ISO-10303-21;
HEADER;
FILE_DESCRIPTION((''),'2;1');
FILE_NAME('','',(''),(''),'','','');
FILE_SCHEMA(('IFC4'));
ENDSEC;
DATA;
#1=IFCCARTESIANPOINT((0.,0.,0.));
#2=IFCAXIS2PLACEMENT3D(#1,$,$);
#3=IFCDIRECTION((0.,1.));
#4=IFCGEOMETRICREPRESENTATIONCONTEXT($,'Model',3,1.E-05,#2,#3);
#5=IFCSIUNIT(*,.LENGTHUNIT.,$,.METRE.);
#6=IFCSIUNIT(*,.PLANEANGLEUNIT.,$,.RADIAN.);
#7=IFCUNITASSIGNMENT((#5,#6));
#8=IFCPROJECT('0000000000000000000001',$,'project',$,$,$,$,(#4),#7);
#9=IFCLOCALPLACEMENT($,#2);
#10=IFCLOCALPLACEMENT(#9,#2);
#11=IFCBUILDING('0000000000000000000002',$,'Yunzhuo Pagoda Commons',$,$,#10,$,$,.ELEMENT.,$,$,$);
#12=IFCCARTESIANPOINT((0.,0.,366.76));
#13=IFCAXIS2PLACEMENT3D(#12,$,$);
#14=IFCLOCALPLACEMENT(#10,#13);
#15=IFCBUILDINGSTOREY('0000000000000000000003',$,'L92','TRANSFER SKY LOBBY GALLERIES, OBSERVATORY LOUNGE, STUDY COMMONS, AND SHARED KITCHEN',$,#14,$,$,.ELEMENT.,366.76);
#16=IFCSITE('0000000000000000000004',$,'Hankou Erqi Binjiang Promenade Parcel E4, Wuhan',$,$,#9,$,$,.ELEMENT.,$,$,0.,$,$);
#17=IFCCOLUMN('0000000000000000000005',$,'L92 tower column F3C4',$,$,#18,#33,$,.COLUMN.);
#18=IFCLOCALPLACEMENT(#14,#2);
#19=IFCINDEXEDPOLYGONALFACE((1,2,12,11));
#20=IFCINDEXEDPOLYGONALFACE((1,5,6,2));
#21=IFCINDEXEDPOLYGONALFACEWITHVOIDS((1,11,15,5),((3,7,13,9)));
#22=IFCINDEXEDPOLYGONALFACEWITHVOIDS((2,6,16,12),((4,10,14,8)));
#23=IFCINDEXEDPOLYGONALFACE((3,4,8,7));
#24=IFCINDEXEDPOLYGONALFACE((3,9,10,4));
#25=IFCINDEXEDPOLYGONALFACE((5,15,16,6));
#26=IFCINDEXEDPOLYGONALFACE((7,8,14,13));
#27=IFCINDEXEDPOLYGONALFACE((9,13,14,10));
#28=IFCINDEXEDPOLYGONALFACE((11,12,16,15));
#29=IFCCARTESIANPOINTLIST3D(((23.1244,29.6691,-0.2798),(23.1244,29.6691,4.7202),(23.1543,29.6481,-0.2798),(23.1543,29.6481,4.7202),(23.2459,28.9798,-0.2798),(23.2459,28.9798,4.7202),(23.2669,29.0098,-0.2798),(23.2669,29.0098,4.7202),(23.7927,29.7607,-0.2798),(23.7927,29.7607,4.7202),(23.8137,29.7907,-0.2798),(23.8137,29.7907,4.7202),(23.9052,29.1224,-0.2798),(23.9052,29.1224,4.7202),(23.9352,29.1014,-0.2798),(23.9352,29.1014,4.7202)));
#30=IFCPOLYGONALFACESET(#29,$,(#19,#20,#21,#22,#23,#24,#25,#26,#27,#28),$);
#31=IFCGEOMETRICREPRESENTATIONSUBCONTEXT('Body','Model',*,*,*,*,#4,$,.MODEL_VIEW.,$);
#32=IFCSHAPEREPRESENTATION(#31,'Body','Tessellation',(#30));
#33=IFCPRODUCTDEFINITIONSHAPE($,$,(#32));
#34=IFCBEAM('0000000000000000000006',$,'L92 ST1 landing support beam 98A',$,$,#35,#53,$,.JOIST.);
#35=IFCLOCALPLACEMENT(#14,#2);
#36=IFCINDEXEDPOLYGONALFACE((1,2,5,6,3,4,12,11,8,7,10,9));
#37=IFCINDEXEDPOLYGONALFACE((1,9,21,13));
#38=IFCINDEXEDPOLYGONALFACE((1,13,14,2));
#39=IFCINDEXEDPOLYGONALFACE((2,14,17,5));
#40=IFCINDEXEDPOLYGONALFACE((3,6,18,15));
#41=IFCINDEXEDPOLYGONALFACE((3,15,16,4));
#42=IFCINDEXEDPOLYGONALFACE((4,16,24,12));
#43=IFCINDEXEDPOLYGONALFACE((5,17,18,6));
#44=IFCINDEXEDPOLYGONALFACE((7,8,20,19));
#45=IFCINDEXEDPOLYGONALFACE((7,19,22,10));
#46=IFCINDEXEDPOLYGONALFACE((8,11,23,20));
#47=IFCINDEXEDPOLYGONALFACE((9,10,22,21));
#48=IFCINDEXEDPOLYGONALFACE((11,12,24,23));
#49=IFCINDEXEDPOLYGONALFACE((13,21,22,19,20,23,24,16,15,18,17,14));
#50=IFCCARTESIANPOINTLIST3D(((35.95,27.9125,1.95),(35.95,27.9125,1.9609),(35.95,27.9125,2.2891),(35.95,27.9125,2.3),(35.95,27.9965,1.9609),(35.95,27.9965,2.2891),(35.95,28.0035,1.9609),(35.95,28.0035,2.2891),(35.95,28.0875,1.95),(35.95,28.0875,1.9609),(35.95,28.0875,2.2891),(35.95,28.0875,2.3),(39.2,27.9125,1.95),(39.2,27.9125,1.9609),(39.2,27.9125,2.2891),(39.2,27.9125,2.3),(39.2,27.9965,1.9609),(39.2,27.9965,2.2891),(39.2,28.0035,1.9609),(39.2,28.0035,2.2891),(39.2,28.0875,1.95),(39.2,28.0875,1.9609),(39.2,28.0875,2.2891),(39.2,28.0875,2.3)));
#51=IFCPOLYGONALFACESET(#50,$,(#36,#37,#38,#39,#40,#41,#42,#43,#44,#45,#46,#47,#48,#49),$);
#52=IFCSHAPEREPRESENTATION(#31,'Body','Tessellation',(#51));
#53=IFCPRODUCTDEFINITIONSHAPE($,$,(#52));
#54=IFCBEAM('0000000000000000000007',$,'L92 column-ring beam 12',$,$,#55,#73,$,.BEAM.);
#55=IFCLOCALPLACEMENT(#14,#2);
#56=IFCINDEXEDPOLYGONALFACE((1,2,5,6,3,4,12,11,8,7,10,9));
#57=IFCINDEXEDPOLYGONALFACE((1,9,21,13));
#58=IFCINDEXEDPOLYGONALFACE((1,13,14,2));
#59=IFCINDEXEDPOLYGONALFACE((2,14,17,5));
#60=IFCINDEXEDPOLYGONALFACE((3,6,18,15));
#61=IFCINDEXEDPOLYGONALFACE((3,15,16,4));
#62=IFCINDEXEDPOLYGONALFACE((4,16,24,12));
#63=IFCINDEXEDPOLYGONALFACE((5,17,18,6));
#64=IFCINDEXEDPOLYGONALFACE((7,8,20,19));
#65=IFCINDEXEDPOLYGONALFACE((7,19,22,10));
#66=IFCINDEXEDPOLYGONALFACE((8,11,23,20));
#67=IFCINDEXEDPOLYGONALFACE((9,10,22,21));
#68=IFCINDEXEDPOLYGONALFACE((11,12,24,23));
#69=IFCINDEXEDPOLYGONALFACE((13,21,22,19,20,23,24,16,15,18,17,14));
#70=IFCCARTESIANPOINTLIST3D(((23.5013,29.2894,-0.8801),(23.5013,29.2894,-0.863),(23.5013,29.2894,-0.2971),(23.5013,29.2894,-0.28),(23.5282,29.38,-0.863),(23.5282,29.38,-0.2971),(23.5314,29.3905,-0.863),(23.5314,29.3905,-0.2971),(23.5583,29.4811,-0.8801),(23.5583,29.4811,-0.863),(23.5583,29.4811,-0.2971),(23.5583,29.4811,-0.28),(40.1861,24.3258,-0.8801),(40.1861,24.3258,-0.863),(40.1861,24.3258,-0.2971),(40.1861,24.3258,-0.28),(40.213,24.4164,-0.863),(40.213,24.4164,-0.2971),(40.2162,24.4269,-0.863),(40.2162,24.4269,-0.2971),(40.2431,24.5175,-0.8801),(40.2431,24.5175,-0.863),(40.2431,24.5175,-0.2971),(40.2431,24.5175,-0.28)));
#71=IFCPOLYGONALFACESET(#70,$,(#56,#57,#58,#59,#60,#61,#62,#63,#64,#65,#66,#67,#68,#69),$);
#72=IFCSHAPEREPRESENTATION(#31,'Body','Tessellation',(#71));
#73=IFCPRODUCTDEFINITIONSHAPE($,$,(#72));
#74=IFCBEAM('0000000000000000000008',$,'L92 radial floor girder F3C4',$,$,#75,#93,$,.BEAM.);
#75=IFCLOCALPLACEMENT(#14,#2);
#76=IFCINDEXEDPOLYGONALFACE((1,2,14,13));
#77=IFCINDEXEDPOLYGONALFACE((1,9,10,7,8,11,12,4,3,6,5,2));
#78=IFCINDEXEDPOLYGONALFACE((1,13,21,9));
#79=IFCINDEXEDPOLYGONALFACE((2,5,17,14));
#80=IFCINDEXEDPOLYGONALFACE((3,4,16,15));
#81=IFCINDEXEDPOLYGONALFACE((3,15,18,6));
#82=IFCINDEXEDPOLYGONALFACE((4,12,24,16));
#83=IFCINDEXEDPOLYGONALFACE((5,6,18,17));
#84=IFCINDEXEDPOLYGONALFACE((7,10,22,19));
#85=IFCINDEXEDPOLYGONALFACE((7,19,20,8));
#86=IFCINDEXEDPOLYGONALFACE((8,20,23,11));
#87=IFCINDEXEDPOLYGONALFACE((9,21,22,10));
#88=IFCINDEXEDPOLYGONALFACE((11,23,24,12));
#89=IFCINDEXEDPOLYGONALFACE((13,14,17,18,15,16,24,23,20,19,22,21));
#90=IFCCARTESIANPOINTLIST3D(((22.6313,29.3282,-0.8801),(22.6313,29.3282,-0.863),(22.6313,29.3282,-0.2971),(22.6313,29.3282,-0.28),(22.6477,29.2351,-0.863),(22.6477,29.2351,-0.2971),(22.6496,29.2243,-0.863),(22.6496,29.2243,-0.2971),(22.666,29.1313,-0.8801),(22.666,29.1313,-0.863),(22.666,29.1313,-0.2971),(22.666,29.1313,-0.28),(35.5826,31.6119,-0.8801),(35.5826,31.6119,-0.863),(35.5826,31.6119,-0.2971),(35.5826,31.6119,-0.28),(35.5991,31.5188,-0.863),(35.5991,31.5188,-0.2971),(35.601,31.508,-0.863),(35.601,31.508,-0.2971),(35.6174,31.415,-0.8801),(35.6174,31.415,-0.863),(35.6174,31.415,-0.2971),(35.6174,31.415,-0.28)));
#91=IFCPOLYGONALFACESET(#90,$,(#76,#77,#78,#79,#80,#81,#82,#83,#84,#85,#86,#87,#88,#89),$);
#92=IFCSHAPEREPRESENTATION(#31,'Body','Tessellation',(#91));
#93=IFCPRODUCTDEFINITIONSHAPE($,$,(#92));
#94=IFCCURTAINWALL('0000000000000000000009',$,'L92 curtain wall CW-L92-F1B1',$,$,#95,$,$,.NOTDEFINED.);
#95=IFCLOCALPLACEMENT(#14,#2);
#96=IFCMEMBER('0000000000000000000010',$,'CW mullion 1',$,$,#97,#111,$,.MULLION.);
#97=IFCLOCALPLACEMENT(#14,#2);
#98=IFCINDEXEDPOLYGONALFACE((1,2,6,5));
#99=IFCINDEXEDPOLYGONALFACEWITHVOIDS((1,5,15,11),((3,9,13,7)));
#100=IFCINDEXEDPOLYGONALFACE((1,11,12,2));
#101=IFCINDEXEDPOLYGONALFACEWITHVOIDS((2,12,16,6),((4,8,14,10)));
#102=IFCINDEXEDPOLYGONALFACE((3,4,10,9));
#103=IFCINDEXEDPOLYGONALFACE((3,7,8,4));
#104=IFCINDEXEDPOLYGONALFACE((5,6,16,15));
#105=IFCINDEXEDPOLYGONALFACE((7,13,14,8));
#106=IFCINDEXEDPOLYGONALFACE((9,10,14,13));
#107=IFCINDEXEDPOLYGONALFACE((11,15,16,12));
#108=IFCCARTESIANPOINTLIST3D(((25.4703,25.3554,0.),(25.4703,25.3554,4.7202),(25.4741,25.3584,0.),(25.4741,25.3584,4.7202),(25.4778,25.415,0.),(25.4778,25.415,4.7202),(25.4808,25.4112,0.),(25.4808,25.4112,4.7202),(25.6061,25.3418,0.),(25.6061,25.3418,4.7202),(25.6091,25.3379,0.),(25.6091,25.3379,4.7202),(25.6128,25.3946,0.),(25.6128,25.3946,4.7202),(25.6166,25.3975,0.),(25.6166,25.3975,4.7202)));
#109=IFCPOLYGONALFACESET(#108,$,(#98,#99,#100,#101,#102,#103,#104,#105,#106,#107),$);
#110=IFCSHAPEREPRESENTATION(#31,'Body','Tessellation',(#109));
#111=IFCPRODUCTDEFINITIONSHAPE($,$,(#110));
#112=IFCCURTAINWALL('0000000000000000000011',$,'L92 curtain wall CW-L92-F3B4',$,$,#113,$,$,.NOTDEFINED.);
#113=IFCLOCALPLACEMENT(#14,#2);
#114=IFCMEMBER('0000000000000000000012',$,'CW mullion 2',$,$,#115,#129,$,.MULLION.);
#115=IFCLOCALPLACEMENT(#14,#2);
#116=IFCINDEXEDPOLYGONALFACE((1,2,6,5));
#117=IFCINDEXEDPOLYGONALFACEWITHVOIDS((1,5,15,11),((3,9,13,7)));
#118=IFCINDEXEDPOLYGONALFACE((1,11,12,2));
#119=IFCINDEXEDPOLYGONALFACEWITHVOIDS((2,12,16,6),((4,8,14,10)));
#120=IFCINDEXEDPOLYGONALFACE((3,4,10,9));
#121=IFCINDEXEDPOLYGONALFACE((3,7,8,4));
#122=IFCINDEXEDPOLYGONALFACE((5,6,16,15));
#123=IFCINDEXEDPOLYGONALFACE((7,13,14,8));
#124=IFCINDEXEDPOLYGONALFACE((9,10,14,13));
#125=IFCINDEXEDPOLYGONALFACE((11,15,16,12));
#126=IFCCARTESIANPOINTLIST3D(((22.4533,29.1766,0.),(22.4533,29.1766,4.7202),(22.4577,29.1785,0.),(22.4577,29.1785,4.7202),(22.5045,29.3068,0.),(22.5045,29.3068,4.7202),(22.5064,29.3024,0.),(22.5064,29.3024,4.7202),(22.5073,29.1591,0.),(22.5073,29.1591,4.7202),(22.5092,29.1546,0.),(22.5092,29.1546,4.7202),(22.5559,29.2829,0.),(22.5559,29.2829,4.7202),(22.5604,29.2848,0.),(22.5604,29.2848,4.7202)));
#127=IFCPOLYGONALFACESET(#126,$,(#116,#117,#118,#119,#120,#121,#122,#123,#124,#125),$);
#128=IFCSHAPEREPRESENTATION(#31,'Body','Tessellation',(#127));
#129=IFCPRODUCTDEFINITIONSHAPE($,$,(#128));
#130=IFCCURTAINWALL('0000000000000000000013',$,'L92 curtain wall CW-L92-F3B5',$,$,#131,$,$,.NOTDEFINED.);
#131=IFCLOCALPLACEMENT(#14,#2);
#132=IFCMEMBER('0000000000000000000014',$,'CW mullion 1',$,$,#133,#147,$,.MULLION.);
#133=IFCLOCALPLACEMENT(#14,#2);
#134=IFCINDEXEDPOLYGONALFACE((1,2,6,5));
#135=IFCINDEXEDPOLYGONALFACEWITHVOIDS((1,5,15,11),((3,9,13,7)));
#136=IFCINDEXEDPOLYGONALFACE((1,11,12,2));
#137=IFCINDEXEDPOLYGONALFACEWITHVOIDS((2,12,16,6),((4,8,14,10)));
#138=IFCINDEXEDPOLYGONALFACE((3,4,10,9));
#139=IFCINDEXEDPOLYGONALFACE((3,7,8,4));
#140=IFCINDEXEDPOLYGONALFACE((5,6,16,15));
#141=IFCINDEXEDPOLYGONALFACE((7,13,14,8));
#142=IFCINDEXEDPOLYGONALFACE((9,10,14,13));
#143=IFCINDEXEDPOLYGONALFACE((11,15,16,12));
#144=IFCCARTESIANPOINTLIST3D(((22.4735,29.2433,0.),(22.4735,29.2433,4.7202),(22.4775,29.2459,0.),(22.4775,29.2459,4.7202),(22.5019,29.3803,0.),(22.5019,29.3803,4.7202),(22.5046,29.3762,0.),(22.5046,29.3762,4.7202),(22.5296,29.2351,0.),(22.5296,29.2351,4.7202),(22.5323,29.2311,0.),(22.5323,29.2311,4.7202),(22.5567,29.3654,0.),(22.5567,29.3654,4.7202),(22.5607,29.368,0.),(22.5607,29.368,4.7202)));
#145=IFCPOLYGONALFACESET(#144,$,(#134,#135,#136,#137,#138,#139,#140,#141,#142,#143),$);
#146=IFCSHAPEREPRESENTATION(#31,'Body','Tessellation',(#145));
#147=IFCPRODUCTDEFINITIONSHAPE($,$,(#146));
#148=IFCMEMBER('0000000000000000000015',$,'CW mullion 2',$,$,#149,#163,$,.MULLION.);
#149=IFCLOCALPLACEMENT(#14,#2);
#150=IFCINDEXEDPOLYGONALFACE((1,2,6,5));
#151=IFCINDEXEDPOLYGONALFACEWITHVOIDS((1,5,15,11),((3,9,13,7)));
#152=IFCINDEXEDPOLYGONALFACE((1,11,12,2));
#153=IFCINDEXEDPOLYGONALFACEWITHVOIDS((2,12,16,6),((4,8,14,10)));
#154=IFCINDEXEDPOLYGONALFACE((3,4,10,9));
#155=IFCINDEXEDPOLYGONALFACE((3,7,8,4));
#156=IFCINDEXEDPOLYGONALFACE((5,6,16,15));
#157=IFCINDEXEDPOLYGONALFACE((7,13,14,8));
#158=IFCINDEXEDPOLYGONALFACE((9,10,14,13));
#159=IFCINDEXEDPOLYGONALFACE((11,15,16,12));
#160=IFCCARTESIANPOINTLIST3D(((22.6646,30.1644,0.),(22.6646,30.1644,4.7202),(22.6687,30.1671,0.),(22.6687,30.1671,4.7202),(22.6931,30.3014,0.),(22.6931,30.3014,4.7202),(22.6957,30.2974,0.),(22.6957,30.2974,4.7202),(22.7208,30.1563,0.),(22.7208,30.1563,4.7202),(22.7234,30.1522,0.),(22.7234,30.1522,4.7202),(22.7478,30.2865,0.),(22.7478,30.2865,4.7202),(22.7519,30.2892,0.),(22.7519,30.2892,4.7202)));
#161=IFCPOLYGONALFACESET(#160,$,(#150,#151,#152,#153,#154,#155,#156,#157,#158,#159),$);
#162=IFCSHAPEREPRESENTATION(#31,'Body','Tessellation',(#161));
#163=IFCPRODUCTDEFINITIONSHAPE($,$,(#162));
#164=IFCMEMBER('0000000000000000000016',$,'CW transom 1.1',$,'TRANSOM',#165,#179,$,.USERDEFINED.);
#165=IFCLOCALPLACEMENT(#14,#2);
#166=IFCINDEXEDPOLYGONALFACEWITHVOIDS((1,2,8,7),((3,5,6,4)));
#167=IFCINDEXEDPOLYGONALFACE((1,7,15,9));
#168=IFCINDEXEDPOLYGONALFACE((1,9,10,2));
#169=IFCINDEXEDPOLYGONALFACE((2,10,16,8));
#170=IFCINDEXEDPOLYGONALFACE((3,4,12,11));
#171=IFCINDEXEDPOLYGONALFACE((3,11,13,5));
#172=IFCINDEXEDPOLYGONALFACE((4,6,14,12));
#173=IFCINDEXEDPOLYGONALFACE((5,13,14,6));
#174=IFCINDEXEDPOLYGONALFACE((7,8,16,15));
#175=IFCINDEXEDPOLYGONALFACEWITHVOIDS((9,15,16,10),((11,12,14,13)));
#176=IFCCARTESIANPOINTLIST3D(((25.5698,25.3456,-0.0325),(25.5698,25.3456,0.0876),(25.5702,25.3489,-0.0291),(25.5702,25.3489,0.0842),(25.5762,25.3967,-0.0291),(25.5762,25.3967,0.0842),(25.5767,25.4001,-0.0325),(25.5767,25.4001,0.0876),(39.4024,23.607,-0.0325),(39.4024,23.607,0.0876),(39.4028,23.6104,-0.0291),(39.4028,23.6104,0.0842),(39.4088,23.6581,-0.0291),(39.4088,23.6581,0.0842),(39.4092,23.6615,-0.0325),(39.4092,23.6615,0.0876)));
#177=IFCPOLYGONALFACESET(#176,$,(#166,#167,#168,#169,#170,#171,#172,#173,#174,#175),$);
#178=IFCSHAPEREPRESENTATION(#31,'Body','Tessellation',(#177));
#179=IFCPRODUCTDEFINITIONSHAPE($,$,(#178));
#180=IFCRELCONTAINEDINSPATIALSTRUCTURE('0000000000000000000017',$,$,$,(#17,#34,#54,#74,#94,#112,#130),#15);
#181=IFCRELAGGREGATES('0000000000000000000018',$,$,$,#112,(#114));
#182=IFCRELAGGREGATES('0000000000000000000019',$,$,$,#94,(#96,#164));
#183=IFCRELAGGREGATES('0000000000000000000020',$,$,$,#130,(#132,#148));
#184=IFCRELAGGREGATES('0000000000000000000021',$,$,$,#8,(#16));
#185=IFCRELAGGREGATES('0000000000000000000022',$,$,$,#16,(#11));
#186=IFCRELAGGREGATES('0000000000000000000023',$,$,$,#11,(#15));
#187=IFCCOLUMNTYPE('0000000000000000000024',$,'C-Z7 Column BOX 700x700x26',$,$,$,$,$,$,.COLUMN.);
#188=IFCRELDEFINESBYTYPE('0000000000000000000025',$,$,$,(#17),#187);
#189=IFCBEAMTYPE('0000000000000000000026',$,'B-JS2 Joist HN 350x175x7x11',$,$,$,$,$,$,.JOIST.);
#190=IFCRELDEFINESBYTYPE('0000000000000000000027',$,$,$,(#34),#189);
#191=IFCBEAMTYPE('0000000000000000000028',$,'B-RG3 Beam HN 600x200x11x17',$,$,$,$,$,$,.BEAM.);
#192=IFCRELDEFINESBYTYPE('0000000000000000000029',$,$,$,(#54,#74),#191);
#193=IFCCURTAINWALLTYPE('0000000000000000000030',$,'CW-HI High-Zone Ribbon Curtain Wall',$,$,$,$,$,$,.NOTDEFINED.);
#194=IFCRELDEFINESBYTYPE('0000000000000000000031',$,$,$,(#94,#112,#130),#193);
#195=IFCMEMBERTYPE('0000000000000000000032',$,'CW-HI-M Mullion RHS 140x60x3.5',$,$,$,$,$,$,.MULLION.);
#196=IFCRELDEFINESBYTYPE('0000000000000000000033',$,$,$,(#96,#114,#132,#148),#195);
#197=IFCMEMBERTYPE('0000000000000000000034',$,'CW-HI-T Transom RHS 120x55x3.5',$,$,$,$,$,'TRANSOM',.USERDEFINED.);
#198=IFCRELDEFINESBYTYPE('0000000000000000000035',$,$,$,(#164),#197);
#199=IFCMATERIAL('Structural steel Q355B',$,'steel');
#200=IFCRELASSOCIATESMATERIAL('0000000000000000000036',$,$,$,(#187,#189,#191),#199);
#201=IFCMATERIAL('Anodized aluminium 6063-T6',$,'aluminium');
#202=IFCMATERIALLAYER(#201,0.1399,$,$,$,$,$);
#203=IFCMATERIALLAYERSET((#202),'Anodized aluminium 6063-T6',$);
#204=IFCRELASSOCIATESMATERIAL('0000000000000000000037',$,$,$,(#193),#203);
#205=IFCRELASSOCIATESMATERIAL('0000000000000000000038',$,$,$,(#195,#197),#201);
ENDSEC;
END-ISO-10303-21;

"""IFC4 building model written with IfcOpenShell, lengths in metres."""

from ifc_helpers import new_model, si_unit, direction, frame, origin, origin_2d, place, context, subcontext, project, spatial, hollow_rectangle, i_section, extrude, source, transform, mapped, material, layer, layer_set, material_profile, profile_set, type_object, element, aggregate, save


model = new_model("IFC4")

# Units and contexts
model_context = context("Model", 3, precision=1e-05, world=origin(), true_north=direction((0.0, 1.0)))
body_context = subcontext(model_context, "Body", "Model", "MODEL_VIEW")
ifc_project = project(units=[si_unit("LENGTHUNIT", "METRE"), si_unit("PLANEANGLEUNIT", "RADIAN")], contexts=[model_context])

# Site, building, storey
site_placement = place(None, origin())
site = spatial("IfcSite", under=ifc_project, at=site_placement, Name="Hankou Erqi Binjiang Promenade Parcel E4, Wuhan", CompositionType="ELEMENT", RefElevation=0.0)
building_placement = place(site_placement, origin())
building = spatial("IfcBuilding", under=site, at=building_placement, Name="Yunzhuo Pagoda Commons", CompositionType="ELEMENT")
storey_placement = place(building_placement, frame((0.0, 0.0, 366.76)))
storey = spatial("IfcBuildingStorey", under=building, at=storey_placement, Name="L92", Description="TRANSFER SKY LOBBY GALLERIES, OBSERVATORY LOUNGE, STUDY COMMONS, AND SHARED KITCHEN", CompositionType="ELEMENT", Elevation=366.76)

# Column
ifc_material_1 = material(Name="Structural steel Q355B", Category="steel")
ifc_material_profile_1 = material_profile(ifc_material_1, hollow_rectangle(XDim=0.7, YDim=0.7, WallThickness=0.0259, at=origin_2d()), Name="Structural steel Q355B")
ifc_profile_set_1 = profile_set([ifc_material_profile_1], Name="Structural steel Q355B")
column_type = type_object("IfcColumnType", Name="C-Z7 Column BOX 700x700x26", PredefinedType="COLUMN", material=ifc_profile_set_1)
shared_shape_1 = source(origin(), body_context, "Body", "SweptSolid", [
    extrude(hollow_rectangle(XDim=0.7, YDim=0.7, WallThickness=0.0259, at=origin_2d()), origin(), (0.0, 0.0, 1.0), 5.0),
])
column_placement = place(storey_placement, frame((23.5298, 29.3853, -0.2798), z_axis=(0.0, 0.0, 1.0), x_axis=(0.173648, -0.984808, 0.0)))
element("IfcColumn", 1, at=column_placement, inside=storey, type_object=column_type, Name="L92 tower column F3C4", PredefinedType="COLUMN", context=body_context, shape_type="MappedRepresentation", body=[
    mapped(shared_shape_1, transform((0.0, 0.0, 0.0), scale=1.0)),
])

# Beams
ifc_material_profile_2 = material_profile(ifc_material_1, i_section(OverallWidth=0.175, OverallDepth=0.3501, WebThickness=0.0071, FlangeThickness=0.011, at=origin_2d()), Name="Structural steel Q355B")
ifc_profile_set_2 = profile_set([ifc_material_profile_2], Name="Structural steel Q355B")
beam_type_1 = type_object("IfcBeamType", Name="B-JS2 Joist HN 350x175x7x11", PredefinedType="JOIST", material=ifc_profile_set_2)
shared_shape_2 = source(origin(), body_context, "Body", "SweptSolid", [
    extrude(i_section(OverallWidth=0.175, OverallDepth=0.3501, WebThickness=0.0071, FlangeThickness=0.011, at=origin_2d()), origin(), (0.0, 0.0, 1.0), 3.25),
])
beam_1_placement = place(storey_placement, frame((35.95, 28.0, 2.125), z_axis=(1.0, 0.0, 0.0), x_axis=(0.0, 1.0, 0.0)))
element("IfcBeam", 2, at=beam_1_placement, inside=storey, type_object=beam_type_1, Name="L92 ST1 landing support beam 98A", PredefinedType="JOIST", context=body_context, shape_type="MappedRepresentation", body=[
    mapped(shared_shape_2, transform((0.0, 0.0, 0.0), scale=1.0)),
])
ifc_material_profile_3 = material_profile(ifc_material_1, i_section(OverallWidth=0.2, OverallDepth=0.6001, WebThickness=0.011, FlangeThickness=0.0171, at=origin_2d()), Name="Structural steel Q355B")
ifc_profile_set_3 = profile_set([ifc_material_profile_3], Name="Structural steel Q355B")
beam_type_2 = type_object("IfcBeamType", Name="B-RG3 Beam HN 600x200x11x17", PredefinedType="BEAM", material=ifc_profile_set_3)
shared_shape_3 = source(origin(), body_context, "Body", "SweptSolid", [
    extrude(i_section(OverallWidth=0.2, OverallDepth=0.6001, WebThickness=0.011, FlangeThickness=0.0171, at=origin_2d()), origin(), (0.0, 0.0, 1.0), 17.4075),
])
beam_2_placement = place(storey_placement, frame((23.5298, 29.3853, -0.5801), z_axis=(0.958485, -0.285143, 0.0), x_axis=(0.285143, 0.958485, 0.0)))
element("IfcBeam", 3, at=beam_2_placement, inside=storey, type_object=beam_type_2, Name="L92 column-ring beam 12", PredefinedType="BEAM", context=body_context, shape_type="MappedRepresentation", body=[
    mapped(shared_shape_3, transform((0.0, 0.0, 0.0), scale=1.0)),
])
shared_shape_4 = source(origin(), body_context, "Body", "SweptSolid", [
    extrude(i_section(OverallWidth=0.2, OverallDepth=0.6001, WebThickness=0.011, FlangeThickness=0.0171, at=origin_2d()), origin(), (0.0, 0.0, 1.0), 13.1511),
])
beam_3_placement = place(storey_placement, frame((22.6487, 29.2297, -0.5801), z_axis=(0.984808, 0.173649, 0.0), x_axis=(-0.173649, 0.984808, 0.0)))
element("IfcBeam", 4, at=beam_3_placement, inside=storey, type_object=beam_type_2, Name="L92 radial floor girder F3C4", PredefinedType="BEAM", context=body_context, shape_type="MappedRepresentation", body=[
    mapped(shared_shape_4, transform((0.0, 0.0, 0.0), scale=1.0)),
])

# Curtain walls, members
ifc_material_2 = material(Name="Anodized aluminium 6063-T6", Category="aluminium")
ifc_layer_1 = layer(ifc_material_2, 0.1399)
ifc_layer_set_1 = layer_set([ifc_layer_1], Name="Anodized aluminium 6063-T6")
curtain_wall_type = type_object("IfcCurtainWallType", Name="CW-HI High-Zone Ribbon Curtain Wall", PredefinedType="NOTDEFINED", material=ifc_layer_set_1)
curtain_wall_1_placement = place(storey_placement, origin())
curtain_wall_1 = element("IfcCurtainWall", 5, at=curtain_wall_1_placement, inside=storey, type_object=curtain_wall_type, Name="L92 curtain wall CW-L92-F1B1", PredefinedType="NOTDEFINED")
ifc_material_profile_4 = material_profile(ifc_material_2, hollow_rectangle(XDim=0.0601, YDim=0.1399, WallThickness=0.0034, at=origin_2d()), Name="Anodized aluminium 6063-T6")
ifc_profile_set_4 = profile_set([ifc_material_profile_4], Name="Anodized aluminium 6063-T6")
member_type_1 = type_object("IfcMemberType", Name="CW-HI-M Mullion RHS 140x60x3.5", PredefinedType="MULLION", material=ifc_profile_set_4)
shared_shape_5 = source(origin(), body_context, "Body", "SweptSolid", [
    extrude(hollow_rectangle(XDim=0.0601, YDim=0.1399, WallThickness=0.0034, at=origin_2d()), origin(), (0.0, 0.0, 1.0), 4.7202),
])
member_1_placement = place(storey_placement, frame((25.5435, 25.3765, 0.0), z_axis=(0.0, 0.0, 1.0), x_axis=(0.124712, 0.992193, 0.0)))
member_1 = element("IfcMember", 6, at=member_1_placement, type_object=member_type_1, Name="CW mullion 1", PredefinedType="MULLION", context=body_context, shape_type="MappedRepresentation", body=[
    mapped(shared_shape_5, transform((0.0, 0.0, 0.0), scale=1.0)),
])
curtain_wall_2_placement = place(storey_placement, origin())
curtain_wall_2 = element("IfcCurtainWall", 7, at=curtain_wall_2_placement, inside=storey, type_object=curtain_wall_type, Name="L92 curtain wall CW-L92-F3B4", PredefinedType="NOTDEFINED")
member_2_placement = place(storey_placement, frame((22.5068, 29.2307, 0.0), z_axis=(0.0, 0.0, 1.0), x_axis=(0.930803, -0.365522, 0.0)))
member_2 = element("IfcMember", 8, at=member_2_placement, type_object=member_type_1, Name="CW mullion 2", PredefinedType="MULLION", context=body_context, shape_type="MappedRepresentation", body=[
    mapped(shared_shape_5, transform((0.0, 0.0, 0.0), scale=1.0)),
])
aggregate(curtain_wall_2, [member_2])

# Curtain wall, members
curtain_wall_3_placement = place(storey_placement, origin())
curtain_wall_3 = element("IfcCurtainWall", 9, at=curtain_wall_3_placement, inside=storey, type_object=curtain_wall_type, Name="L92 curtain wall CW-L92-F3B5", PredefinedType="NOTDEFINED")
member_3_placement = place(storey_placement, frame((22.5171, 29.3057, 0.0), z_axis=(0.0, 0.0, 1.0), x_axis=(-0.979141, 0.203184, 0.0)))
member_3 = element("IfcMember", 10, at=member_3_placement, type_object=member_type_1, Name="CW mullion 1", PredefinedType="MULLION", context=body_context, shape_type="MappedRepresentation", body=[
    mapped(shared_shape_5, transform((0.0, 0.0, 0.0), scale=1.0)),
])
member_4_placement = place(storey_placement, frame((22.7083, 30.2268, 0.0), z_axis=(0.0, 0.0, 1.0), x_axis=(-0.979141, 0.203184, 0.0)))
member_4 = element("IfcMember", 11, at=member_4_placement, type_object=member_type_1, Name="CW mullion 2", PredefinedType="MULLION", context=body_context, shape_type="MappedRepresentation", body=[
    mapped(shared_shape_5, transform((0.0, 0.0, 0.0), scale=1.0)),
])

# Member
ifc_material_profile_5 = material_profile(ifc_material_2, hollow_rectangle(XDim=0.0549, YDim=0.1201, WallThickness=0.0034, at=origin_2d()), Name="Anodized aluminium 6063-T6")
ifc_profile_set_5 = profile_set([ifc_material_profile_5], Name="Anodized aluminium 6063-T6")
member_type_2 = type_object("IfcMemberType", Name="CW-HI-T Transom RHS 120x55x3.5", ElementType="TRANSOM", PredefinedType="USERDEFINED", material=ifc_profile_set_5)
shared_shape_6 = source(origin(), body_context, "Body", "SweptSolid", [
    extrude(hollow_rectangle(XDim=0.0549, YDim=0.1201, WallThickness=0.0034, at=origin_2d()), origin(), (0.0, 0.0, 1.0), 13.9414),
])
member_5_placement = place(storey_placement, frame((25.5732, 25.3728, 0.0276), z_axis=(0.992194, -0.124703, 0.0), x_axis=(0.124703, 0.992194, 0.0)))
member_5 = element("IfcMember", 12, at=member_5_placement, type_object=member_type_2, Name="CW transom 1.1", ObjectType="TRANSOM", PredefinedType="USERDEFINED", context=body_context, shape_type="MappedRepresentation", body=[
    mapped(shared_shape_6, transform((0.0, 0.0, 0.0), scale=1.0)),
])

aggregate(curtain_wall_1, [member_1, member_5])
aggregate(curtain_wall_3, [member_3, member_4])

save(model, "model.ifc")
